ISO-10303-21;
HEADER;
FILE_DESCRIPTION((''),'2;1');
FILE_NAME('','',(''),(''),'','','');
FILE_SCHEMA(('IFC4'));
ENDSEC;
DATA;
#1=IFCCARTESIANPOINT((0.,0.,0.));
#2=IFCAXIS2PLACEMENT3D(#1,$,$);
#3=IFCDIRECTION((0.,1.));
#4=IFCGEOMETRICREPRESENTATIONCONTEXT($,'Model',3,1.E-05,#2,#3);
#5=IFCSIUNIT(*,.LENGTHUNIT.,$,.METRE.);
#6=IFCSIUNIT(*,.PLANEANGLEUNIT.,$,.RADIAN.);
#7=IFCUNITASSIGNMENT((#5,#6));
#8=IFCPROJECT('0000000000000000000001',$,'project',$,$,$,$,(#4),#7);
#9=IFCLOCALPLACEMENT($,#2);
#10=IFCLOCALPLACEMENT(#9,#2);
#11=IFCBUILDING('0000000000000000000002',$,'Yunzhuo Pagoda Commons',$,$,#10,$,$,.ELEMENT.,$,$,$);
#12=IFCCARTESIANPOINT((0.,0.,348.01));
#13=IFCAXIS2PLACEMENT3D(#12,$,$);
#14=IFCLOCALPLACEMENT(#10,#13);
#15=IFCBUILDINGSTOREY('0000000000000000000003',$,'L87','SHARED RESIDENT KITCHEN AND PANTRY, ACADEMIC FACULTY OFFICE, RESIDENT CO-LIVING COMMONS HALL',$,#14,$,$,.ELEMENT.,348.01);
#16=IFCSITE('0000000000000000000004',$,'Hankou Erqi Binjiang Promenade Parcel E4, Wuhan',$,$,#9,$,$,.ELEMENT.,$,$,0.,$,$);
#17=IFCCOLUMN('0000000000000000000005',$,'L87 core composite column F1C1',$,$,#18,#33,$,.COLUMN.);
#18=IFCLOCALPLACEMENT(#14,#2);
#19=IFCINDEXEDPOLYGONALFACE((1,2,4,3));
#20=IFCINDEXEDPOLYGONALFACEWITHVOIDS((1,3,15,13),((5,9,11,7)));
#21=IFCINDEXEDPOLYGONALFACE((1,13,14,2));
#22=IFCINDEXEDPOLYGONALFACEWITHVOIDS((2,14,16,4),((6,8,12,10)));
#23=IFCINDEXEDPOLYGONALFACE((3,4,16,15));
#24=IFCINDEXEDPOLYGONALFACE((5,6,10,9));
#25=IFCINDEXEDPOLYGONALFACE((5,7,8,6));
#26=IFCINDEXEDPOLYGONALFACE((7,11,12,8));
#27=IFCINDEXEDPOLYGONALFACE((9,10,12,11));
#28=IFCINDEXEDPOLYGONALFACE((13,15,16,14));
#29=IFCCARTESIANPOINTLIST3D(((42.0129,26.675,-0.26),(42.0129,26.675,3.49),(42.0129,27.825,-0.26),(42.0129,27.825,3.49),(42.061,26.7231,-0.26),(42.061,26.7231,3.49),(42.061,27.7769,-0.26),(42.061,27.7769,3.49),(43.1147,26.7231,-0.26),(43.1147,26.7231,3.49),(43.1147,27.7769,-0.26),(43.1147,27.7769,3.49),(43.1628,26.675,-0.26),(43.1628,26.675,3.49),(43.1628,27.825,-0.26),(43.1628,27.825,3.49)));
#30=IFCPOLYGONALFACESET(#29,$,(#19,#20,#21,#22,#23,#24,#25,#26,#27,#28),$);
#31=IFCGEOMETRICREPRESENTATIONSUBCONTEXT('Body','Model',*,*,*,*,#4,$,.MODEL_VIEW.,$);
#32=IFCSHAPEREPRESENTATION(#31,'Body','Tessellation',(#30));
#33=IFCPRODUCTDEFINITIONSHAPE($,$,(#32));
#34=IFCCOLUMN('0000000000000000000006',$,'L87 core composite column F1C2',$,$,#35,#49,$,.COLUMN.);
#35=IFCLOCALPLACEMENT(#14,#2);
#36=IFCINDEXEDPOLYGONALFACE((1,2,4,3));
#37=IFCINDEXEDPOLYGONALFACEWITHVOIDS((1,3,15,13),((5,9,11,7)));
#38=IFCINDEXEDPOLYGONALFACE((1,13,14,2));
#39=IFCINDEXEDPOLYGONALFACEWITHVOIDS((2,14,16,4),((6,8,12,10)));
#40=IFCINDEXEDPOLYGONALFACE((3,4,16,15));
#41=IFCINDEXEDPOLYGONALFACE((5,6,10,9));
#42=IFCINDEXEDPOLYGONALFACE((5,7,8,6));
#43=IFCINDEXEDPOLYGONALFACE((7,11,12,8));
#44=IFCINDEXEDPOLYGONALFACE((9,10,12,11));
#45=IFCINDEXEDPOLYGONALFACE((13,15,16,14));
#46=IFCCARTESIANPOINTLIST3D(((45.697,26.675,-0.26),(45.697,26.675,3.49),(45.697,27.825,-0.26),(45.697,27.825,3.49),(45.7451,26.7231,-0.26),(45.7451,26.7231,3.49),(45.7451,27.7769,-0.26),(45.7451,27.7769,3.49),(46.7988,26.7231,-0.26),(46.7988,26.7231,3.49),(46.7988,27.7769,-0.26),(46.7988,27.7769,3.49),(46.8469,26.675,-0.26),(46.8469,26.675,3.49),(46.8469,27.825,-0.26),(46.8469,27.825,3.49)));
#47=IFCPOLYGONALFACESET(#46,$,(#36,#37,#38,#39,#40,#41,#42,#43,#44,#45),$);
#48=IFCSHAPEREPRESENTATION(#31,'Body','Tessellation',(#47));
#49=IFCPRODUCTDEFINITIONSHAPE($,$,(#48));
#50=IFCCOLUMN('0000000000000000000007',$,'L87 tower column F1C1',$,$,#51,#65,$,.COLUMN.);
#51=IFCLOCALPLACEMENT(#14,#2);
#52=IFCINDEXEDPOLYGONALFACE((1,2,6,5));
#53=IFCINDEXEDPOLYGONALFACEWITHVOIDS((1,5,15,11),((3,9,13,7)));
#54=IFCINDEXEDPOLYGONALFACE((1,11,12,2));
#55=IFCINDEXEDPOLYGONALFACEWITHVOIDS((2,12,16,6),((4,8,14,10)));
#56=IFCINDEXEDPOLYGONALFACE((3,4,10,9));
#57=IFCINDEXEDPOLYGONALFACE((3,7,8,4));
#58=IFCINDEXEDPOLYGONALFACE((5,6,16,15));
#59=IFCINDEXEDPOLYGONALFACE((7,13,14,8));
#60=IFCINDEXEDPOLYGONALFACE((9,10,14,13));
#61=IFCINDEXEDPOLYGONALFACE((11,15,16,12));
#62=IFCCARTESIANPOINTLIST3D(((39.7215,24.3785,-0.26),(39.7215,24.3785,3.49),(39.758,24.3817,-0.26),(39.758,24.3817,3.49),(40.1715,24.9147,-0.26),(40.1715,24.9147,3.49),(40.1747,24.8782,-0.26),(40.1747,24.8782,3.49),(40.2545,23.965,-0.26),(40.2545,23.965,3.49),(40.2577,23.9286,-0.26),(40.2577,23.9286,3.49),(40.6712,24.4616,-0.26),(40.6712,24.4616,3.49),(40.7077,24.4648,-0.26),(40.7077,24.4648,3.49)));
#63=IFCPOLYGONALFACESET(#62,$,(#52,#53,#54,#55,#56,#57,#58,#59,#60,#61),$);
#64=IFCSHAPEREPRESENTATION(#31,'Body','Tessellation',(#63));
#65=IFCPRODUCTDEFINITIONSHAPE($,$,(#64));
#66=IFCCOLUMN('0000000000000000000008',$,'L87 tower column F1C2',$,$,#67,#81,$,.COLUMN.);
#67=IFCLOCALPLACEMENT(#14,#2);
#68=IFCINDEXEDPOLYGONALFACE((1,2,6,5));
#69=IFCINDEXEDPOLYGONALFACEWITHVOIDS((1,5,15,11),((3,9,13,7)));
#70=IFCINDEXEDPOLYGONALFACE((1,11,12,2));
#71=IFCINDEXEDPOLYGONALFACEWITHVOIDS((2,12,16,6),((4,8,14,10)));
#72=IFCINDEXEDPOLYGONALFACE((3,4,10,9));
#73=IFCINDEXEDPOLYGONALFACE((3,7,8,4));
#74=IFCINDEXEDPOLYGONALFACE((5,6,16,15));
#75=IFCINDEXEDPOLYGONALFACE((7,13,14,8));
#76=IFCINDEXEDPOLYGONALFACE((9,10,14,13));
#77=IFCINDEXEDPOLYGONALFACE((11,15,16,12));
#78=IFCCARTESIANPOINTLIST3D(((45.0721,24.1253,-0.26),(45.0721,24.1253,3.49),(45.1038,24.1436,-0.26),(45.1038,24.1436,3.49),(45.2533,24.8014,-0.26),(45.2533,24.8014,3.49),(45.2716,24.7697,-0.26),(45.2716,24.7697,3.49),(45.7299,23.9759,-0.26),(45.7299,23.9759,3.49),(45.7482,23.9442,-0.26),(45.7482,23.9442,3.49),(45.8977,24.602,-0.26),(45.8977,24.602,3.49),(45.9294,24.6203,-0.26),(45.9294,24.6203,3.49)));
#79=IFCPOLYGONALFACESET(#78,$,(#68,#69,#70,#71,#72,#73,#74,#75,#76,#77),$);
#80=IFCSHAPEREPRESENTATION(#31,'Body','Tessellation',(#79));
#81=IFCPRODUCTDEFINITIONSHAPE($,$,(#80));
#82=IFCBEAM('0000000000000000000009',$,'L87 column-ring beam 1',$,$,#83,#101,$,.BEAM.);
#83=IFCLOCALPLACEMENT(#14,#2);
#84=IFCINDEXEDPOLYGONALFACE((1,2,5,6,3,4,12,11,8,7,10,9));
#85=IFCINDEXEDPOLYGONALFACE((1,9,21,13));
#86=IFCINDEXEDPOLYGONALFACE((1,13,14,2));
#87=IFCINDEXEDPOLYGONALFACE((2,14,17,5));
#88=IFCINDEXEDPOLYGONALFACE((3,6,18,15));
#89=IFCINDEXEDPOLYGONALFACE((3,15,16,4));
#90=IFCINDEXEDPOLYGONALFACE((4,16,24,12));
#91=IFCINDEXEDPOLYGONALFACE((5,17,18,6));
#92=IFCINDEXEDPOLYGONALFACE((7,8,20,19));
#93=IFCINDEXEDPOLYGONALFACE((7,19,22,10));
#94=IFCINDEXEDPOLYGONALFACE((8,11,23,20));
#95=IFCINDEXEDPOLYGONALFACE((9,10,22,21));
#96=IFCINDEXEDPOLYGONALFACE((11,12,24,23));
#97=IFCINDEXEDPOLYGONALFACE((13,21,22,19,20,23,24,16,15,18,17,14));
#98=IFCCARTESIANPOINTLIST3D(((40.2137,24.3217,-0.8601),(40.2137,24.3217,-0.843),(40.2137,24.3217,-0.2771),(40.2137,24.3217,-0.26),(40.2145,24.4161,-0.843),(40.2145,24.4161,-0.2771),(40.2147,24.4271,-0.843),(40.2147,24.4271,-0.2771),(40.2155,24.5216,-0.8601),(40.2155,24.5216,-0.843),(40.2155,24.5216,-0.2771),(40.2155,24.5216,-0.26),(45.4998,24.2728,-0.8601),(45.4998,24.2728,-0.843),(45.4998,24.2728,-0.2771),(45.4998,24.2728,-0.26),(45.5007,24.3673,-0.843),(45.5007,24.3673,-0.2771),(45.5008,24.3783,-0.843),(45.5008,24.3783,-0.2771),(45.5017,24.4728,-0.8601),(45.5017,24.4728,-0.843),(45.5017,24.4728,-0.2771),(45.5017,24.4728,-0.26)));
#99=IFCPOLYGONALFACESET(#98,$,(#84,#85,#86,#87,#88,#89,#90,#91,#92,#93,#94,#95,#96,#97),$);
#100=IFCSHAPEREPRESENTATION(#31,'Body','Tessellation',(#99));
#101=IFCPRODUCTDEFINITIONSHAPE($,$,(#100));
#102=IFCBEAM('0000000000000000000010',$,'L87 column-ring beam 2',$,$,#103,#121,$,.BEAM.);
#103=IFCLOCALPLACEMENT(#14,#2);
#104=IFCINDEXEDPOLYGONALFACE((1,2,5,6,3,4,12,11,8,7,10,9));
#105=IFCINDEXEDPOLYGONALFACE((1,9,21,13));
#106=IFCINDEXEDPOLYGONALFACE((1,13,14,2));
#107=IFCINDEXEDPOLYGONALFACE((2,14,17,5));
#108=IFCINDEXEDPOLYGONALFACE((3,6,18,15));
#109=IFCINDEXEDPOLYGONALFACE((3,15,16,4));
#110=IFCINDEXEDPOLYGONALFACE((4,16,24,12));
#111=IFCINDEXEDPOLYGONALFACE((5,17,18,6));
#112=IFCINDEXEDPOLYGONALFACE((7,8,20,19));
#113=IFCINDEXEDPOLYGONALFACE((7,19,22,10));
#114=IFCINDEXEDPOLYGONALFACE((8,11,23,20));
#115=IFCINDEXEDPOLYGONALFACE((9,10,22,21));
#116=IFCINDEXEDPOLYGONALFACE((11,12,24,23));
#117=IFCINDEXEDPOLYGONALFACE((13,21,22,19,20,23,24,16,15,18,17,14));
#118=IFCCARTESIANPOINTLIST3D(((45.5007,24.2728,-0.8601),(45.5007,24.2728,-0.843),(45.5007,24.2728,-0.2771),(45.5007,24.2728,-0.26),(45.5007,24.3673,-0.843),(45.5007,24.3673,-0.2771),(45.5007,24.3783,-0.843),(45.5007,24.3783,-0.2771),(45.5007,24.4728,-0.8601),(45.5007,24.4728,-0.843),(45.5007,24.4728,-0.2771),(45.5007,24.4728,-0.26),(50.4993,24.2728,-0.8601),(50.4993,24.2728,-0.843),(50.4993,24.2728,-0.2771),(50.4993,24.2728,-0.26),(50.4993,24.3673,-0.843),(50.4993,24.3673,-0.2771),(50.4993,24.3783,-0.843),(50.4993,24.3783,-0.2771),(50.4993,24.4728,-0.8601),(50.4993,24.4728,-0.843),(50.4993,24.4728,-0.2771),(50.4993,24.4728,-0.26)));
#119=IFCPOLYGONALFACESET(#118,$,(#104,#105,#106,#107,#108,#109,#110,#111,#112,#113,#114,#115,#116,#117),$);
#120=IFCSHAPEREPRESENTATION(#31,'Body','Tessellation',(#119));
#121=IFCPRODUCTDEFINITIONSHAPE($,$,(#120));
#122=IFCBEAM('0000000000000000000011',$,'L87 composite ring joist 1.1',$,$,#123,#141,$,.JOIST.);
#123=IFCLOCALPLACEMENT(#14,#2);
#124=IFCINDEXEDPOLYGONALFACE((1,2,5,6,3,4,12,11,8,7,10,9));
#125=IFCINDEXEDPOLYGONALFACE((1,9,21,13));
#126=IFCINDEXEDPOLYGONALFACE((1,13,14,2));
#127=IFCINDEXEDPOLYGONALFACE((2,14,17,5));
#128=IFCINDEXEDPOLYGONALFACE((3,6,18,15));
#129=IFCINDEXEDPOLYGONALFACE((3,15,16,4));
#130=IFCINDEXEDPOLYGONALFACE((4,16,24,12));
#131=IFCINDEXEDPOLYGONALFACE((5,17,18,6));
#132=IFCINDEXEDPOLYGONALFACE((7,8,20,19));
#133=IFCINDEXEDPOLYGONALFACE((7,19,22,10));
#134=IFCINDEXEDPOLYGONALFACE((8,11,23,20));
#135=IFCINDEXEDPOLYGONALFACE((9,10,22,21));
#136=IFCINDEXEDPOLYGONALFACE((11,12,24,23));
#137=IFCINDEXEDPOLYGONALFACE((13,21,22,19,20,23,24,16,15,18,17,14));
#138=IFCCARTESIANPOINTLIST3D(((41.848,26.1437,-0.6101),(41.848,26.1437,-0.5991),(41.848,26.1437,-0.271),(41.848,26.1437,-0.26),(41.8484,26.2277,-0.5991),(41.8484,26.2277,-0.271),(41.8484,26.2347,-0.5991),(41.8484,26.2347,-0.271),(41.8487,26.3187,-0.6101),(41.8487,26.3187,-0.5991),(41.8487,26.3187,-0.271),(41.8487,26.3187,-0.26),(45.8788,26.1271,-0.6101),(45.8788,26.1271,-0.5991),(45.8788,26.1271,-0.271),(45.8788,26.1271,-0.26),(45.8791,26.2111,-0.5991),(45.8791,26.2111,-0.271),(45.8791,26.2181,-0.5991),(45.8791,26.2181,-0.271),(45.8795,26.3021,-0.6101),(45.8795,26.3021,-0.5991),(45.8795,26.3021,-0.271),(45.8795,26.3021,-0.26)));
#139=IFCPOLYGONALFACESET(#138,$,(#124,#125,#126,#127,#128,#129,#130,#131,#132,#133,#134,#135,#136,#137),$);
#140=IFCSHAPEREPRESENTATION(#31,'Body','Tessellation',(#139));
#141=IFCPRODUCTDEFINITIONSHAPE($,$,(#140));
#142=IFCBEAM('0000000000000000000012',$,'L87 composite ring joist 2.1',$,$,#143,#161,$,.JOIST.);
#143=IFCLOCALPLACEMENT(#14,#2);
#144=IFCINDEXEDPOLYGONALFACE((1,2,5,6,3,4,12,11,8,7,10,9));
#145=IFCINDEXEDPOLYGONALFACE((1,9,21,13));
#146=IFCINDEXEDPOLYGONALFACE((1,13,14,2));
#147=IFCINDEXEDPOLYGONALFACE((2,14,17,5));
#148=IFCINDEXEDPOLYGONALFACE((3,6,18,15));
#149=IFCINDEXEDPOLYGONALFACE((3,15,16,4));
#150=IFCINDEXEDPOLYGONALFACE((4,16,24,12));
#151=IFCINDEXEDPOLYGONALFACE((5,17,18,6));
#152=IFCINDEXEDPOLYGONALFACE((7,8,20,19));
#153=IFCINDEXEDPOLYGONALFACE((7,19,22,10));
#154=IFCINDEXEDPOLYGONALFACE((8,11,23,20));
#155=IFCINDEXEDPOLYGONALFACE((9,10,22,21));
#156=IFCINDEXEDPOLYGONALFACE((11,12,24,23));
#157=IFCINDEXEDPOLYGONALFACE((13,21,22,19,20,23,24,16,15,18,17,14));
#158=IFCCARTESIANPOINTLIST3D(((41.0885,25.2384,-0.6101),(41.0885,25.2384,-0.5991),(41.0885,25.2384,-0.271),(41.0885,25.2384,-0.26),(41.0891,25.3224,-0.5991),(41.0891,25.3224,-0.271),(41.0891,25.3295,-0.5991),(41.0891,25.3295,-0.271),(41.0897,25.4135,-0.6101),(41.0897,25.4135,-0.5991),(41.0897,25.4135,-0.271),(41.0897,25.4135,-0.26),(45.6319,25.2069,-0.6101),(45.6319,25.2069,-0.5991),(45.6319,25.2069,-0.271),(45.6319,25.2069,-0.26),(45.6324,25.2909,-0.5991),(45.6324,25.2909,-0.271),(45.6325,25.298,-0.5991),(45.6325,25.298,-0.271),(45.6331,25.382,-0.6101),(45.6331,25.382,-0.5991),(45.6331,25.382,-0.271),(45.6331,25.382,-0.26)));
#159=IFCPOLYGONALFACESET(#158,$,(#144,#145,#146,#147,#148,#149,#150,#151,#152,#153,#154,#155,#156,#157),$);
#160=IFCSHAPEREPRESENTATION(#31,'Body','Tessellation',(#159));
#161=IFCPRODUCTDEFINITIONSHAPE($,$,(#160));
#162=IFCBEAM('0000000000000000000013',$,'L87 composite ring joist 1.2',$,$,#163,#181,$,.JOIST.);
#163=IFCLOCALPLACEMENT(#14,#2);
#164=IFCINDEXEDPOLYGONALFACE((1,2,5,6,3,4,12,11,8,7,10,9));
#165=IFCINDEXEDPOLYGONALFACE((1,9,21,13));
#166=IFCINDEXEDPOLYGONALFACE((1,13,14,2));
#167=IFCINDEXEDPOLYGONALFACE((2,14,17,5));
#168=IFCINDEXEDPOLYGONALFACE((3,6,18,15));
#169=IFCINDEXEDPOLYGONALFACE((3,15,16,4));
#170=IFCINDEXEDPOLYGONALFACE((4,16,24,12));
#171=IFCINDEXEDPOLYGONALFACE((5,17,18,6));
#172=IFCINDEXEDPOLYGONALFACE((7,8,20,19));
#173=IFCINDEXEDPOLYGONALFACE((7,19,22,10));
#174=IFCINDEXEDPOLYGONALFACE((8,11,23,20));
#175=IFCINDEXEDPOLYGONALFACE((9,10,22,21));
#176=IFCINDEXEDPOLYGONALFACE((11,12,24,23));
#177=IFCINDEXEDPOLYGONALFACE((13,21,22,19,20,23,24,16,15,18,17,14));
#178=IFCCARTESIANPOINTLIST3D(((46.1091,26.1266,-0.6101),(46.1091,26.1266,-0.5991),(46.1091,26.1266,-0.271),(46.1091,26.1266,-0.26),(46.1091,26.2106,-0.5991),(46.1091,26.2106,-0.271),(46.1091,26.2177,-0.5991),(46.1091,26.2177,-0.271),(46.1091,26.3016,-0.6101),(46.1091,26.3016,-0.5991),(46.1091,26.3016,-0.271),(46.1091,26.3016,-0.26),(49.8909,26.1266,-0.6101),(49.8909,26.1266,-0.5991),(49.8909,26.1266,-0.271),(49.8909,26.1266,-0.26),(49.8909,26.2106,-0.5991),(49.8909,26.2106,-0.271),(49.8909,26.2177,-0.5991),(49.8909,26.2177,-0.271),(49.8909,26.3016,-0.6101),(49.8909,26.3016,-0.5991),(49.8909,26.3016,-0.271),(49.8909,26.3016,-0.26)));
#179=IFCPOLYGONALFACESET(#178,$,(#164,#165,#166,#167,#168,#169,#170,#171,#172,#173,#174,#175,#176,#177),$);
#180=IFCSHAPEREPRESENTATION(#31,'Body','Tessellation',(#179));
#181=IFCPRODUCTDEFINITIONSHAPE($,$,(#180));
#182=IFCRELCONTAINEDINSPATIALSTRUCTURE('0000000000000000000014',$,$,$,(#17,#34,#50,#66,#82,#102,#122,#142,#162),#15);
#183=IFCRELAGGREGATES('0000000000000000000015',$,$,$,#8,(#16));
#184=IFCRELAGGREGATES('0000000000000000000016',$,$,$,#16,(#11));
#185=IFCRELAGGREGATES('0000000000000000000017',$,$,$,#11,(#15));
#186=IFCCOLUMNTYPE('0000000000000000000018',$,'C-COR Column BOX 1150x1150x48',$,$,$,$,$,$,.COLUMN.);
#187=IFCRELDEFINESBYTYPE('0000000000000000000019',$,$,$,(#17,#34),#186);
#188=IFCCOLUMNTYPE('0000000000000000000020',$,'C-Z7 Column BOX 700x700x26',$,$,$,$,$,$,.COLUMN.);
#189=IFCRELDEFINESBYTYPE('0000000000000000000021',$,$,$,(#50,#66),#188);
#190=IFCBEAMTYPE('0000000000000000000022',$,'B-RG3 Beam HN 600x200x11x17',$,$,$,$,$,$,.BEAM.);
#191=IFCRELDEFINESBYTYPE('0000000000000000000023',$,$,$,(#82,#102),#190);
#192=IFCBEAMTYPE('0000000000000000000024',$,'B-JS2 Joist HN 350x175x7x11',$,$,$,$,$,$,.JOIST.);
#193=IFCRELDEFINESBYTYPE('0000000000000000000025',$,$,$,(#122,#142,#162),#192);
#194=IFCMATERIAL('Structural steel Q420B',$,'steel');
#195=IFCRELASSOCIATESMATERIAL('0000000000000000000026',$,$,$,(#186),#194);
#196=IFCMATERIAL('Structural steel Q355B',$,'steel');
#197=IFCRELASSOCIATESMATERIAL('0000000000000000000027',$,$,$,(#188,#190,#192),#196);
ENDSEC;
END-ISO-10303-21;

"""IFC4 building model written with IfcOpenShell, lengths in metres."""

from ifc_helpers import new_model, si_unit, direction, frame, origin, origin_2d, place, context, subcontext, project, spatial, hollow_rectangle, i_section, extrude, source, transform, mapped, material, material_profile, profile_set, type_object, element, save


model = new_model("IFC4")

# Units and contexts
model_context = context("Model", 3, precision=1e-05, world=origin(), true_north=direction((0.0, 1.0)))
body_context = subcontext(model_context, "Body", "Model", "MODEL_VIEW")
ifc_project = project(units=[si_unit("LENGTHUNIT", "METRE"), si_unit("PLANEANGLEUNIT", "RADIAN")], contexts=[model_context])

# Site, building, storey
site_placement = place(None, origin())
site = spatial("IfcSite", under=ifc_project, at=site_placement, Name="Hankou Erqi Binjiang Promenade Parcel E4, Wuhan", CompositionType="ELEMENT", RefElevation=0.0)
building_placement = place(site_placement, origin())
building = spatial("IfcBuilding", under=site, at=building_placement, Name="Yunzhuo Pagoda Commons", CompositionType="ELEMENT")
storey_placement = place(building_placement, frame((0.0, 0.0, 348.01)))
storey = spatial("IfcBuildingStorey", under=building, at=storey_placement, Name="L87", Description="SHARED RESIDENT KITCHEN AND PANTRY, ACADEMIC FACULTY OFFICE, RESIDENT CO-LIVING COMMONS HALL", CompositionType="ELEMENT", Elevation=348.01)

# Columns
ifc_material_1 = material(Name="Structural steel Q420B", Category="steel")
ifc_material_profile_1 = material_profile(ifc_material_1, hollow_rectangle(XDim=1.1499, YDim=1.1499, WallThickness=0.0481, at=origin_2d()), Name="Structural steel Q420B")
ifc_profile_set_1 = profile_set([ifc_material_profile_1], Name="Structural steel Q420B")
column_type_1 = type_object("IfcColumnType", Name="C-COR Column BOX 1150x1150x48", PredefinedType="COLUMN", material=ifc_profile_set_1)
shared_shape_1 = source(origin(), body_context, "Body", "SweptSolid", [
    extrude(hollow_rectangle(XDim=1.1499, YDim=1.1499, WallThickness=0.0481, at=origin_2d()), origin(), (0.0, 0.0, 1.0), 3.75),
])
for number, where, z_axis, x_axis, name in (
    (1, (42.5879, 27.25, -0.26), (0.0, 0.0, 1.0), (1.0, 0.0, 0.0), "L87 core composite column F1C1"),
    (2, (46.272, 27.25, -0.26), (0.0, 0.0, 1.0), (1.0, 0.0, 0.0), "L87 core composite column F1C2"),
):
    element("IfcColumn", number, at=place(storey_placement, frame(where, z_axis=z_axis, x_axis=x_axis)), inside=storey, type_object=column_type_1, Name=name, PredefinedType="COLUMN", context=body_context, shape_type="MappedRepresentation", body=[
        mapped(shared_shape_1, transform((0.0, 0.0, 0.0), scale=1.0)),
    ])
ifc_material_2 = material(Name="Structural steel Q355B", Category="steel")
ifc_material_profile_2 = material_profile(ifc_material_2, hollow_rectangle(XDim=0.7, YDim=0.7, WallThickness=0.0259, at=origin_2d()), Name="Structural steel Q355B")
ifc_profile_set_2 = profile_set([ifc_material_profile_2], Name="Structural steel Q355B")
column_type_2 = type_object("IfcColumnType", Name="C-Z7 Column BOX 700x700x26", PredefinedType="COLUMN", material=ifc_profile_set_2)
shared_shape_2 = source(origin(), body_context, "Body", "SweptSolid", [
    extrude(hollow_rectangle(XDim=0.7, YDim=0.7, WallThickness=0.0259, at=origin_2d()), origin(), (0.0, 0.0, 1.0), 3.75),
])
for number, where, z_axis, x_axis, name in (
    (3, (40.2146, 24.4216, -0.26), (0.0, 0.0, 1.0), (0.766044, -0.642788, 0.0), "L87 tower column F1C1"),
    (4, (45.5007, 24.3728, -0.26), (0.0, 0.0, 1.0), (0.965926, -0.258819, 0.0), "L87 tower column F1C2"),
):
    element("IfcColumn", number, at=place(storey_placement, frame(where, z_axis=z_axis, x_axis=x_axis)), inside=storey, type_object=column_type_2, Name=name, PredefinedType="COLUMN", context=body_context, shape_type="MappedRepresentation", body=[
        mapped(shared_shape_2, transform((0.0, 0.0, 0.0), scale=1.0)),
    ])

# Beams
ifc_material_profile_3 = material_profile(ifc_material_2, i_section(OverallWidth=0.2, OverallDepth=0.6001, WebThickness=0.011, FlangeThickness=0.0171, at=origin_2d()), Name="Structural steel Q355B")
ifc_profile_set_3 = profile_set([ifc_material_profile_3], Name="Structural steel Q355B")
beam_type_1 = type_object("IfcBeamType", Name="B-RG3 Beam HN 600x200x11x17", PredefinedType="BEAM", material=ifc_profile_set_3)
shared_shape_3 = source(origin(), body_context, "Body", "SweptSolid", [
    extrude(i_section(OverallWidth=0.2, OverallDepth=0.6001, WebThickness=0.011, FlangeThickness=0.0171, at=origin_2d()), origin(), (0.0, 0.0, 1.0), 5.2864),
])
beam_1_placement = place(storey_placement, frame((40.2146, 24.4216, -0.5601), z_axis=(0.999957, -0.009237, 0.0), x_axis=(0.009237, 0.999957, 0.0)))
element("IfcBeam", 5, at=beam_1_placement, inside=storey, type_object=beam_type_1, Name="L87 column-ring beam 1", PredefinedType="BEAM", context=body_context, shape_type="MappedRepresentation", body=[
    mapped(shared_shape_3, transform((0.0, 0.0, 0.0), scale=1.0)),
])
shared_shape_4 = source(origin(), body_context, "Body", "SweptSolid", [
    extrude(i_section(OverallWidth=0.2, OverallDepth=0.6001, WebThickness=0.011, FlangeThickness=0.0171, at=origin_2d()), origin(), (0.0, 0.0, 1.0), 4.9985),
])
beam_2_placement = place(storey_placement, frame((45.5007, 24.3728, -0.5601), z_axis=(1.0, 0.0, 0.0), x_axis=(0.0, 1.0, 0.0)))
element("IfcBeam", 6, at=beam_2_placement, inside=storey, type_object=beam_type_1, Name="L87 column-ring beam 2", PredefinedType="BEAM", context=body_context, shape_type="MappedRepresentation", body=[
    mapped(shared_shape_4, transform((0.0, 0.0, 0.0), scale=1.0)),
])
ifc_material_profile_4 = material_profile(ifc_material_2, i_section(OverallWidth=0.175, OverallDepth=0.3501, WebThickness=0.0071, FlangeThickness=0.011, at=origin_2d()), Name="Structural steel Q355B")
ifc_profile_set_4 = profile_set([ifc_material_profile_4], Name="Structural steel Q355B")
beam_type_2 = type_object("IfcBeamType", Name="B-JS2 Joist HN 350x175x7x11", PredefinedType="JOIST", material=ifc_profile_set_4)
shared_shape_5 = source(origin(), body_context, "Body", "SweptSolid", [
    extrude(i_section(OverallWidth=0.175, OverallDepth=0.3501, WebThickness=0.0071, FlangeThickness=0.011, at=origin_2d()), origin(), (0.0, 0.0, 1.0), 4.0308),
])
beam_3_placement = place(storey_placement, frame((41.8484, 26.2312, -0.4351), z_axis=(0.999992, -0.004119, 0.0), x_axis=(0.004119, 0.999992, 0.0)))
element("IfcBeam", 7, at=beam_3_placement, inside=storey, type_object=beam_type_2, Name="L87 composite ring joist 1.1", PredefinedType="JOIST", context=body_context, shape_type="MappedRepresentation", body=[
    mapped(shared_shape_5, transform((0.0, 0.0, 0.0), scale=1.0)),
])
shared_shape_6 = source(origin(), body_context, "Body", "SweptSolid", [
    extrude(i_section(OverallWidth=0.175, OverallDepth=0.3501, WebThickness=0.0071, FlangeThickness=0.011, at=origin_2d()), origin(), (0.0, 0.0, 1.0), 4.5435),
])
beam_4_placement = place(storey_placement, frame((41.0891, 25.3259, -0.4351), z_axis=(0.999976, -0.006932, 0.0), x_axis=(0.006932, 0.999976, 0.0)))
element("IfcBeam", 8, at=beam_4_placement, inside=storey, type_object=beam_type_2, Name="L87 composite ring joist 2.1", PredefinedType="JOIST", context=body_context, shape_type="MappedRepresentation", body=[
    mapped(shared_shape_6, transform((0.0, 0.0, 0.0), scale=1.0)),
])
shared_shape_7 = source(origin(), body_context, "Body", "SweptSolid", [
    extrude(i_section(OverallWidth=0.175, OverallDepth=0.3501, WebThickness=0.0071, FlangeThickness=0.011, at=origin_2d()), origin(), (0.0, 0.0, 1.0), 3.7817),
])
beam_5_placement = place(storey_placement, frame((46.1091, 26.2141, -0.4351), z_axis=(1.0, 0.0, 0.0), x_axis=(0.0, 1.0, 0.0)))
element("IfcBeam", 9, at=beam_5_placement, inside=storey, type_object=beam_type_2, Name="L87 composite ring joist 1.2", PredefinedType="JOIST", context=body_context, shape_type="MappedRepresentation", body=[
    mapped(shared_shape_7, transform((0.0, 0.0, 0.0), scale=1.0)),
])

save(model, "model.ifc")
